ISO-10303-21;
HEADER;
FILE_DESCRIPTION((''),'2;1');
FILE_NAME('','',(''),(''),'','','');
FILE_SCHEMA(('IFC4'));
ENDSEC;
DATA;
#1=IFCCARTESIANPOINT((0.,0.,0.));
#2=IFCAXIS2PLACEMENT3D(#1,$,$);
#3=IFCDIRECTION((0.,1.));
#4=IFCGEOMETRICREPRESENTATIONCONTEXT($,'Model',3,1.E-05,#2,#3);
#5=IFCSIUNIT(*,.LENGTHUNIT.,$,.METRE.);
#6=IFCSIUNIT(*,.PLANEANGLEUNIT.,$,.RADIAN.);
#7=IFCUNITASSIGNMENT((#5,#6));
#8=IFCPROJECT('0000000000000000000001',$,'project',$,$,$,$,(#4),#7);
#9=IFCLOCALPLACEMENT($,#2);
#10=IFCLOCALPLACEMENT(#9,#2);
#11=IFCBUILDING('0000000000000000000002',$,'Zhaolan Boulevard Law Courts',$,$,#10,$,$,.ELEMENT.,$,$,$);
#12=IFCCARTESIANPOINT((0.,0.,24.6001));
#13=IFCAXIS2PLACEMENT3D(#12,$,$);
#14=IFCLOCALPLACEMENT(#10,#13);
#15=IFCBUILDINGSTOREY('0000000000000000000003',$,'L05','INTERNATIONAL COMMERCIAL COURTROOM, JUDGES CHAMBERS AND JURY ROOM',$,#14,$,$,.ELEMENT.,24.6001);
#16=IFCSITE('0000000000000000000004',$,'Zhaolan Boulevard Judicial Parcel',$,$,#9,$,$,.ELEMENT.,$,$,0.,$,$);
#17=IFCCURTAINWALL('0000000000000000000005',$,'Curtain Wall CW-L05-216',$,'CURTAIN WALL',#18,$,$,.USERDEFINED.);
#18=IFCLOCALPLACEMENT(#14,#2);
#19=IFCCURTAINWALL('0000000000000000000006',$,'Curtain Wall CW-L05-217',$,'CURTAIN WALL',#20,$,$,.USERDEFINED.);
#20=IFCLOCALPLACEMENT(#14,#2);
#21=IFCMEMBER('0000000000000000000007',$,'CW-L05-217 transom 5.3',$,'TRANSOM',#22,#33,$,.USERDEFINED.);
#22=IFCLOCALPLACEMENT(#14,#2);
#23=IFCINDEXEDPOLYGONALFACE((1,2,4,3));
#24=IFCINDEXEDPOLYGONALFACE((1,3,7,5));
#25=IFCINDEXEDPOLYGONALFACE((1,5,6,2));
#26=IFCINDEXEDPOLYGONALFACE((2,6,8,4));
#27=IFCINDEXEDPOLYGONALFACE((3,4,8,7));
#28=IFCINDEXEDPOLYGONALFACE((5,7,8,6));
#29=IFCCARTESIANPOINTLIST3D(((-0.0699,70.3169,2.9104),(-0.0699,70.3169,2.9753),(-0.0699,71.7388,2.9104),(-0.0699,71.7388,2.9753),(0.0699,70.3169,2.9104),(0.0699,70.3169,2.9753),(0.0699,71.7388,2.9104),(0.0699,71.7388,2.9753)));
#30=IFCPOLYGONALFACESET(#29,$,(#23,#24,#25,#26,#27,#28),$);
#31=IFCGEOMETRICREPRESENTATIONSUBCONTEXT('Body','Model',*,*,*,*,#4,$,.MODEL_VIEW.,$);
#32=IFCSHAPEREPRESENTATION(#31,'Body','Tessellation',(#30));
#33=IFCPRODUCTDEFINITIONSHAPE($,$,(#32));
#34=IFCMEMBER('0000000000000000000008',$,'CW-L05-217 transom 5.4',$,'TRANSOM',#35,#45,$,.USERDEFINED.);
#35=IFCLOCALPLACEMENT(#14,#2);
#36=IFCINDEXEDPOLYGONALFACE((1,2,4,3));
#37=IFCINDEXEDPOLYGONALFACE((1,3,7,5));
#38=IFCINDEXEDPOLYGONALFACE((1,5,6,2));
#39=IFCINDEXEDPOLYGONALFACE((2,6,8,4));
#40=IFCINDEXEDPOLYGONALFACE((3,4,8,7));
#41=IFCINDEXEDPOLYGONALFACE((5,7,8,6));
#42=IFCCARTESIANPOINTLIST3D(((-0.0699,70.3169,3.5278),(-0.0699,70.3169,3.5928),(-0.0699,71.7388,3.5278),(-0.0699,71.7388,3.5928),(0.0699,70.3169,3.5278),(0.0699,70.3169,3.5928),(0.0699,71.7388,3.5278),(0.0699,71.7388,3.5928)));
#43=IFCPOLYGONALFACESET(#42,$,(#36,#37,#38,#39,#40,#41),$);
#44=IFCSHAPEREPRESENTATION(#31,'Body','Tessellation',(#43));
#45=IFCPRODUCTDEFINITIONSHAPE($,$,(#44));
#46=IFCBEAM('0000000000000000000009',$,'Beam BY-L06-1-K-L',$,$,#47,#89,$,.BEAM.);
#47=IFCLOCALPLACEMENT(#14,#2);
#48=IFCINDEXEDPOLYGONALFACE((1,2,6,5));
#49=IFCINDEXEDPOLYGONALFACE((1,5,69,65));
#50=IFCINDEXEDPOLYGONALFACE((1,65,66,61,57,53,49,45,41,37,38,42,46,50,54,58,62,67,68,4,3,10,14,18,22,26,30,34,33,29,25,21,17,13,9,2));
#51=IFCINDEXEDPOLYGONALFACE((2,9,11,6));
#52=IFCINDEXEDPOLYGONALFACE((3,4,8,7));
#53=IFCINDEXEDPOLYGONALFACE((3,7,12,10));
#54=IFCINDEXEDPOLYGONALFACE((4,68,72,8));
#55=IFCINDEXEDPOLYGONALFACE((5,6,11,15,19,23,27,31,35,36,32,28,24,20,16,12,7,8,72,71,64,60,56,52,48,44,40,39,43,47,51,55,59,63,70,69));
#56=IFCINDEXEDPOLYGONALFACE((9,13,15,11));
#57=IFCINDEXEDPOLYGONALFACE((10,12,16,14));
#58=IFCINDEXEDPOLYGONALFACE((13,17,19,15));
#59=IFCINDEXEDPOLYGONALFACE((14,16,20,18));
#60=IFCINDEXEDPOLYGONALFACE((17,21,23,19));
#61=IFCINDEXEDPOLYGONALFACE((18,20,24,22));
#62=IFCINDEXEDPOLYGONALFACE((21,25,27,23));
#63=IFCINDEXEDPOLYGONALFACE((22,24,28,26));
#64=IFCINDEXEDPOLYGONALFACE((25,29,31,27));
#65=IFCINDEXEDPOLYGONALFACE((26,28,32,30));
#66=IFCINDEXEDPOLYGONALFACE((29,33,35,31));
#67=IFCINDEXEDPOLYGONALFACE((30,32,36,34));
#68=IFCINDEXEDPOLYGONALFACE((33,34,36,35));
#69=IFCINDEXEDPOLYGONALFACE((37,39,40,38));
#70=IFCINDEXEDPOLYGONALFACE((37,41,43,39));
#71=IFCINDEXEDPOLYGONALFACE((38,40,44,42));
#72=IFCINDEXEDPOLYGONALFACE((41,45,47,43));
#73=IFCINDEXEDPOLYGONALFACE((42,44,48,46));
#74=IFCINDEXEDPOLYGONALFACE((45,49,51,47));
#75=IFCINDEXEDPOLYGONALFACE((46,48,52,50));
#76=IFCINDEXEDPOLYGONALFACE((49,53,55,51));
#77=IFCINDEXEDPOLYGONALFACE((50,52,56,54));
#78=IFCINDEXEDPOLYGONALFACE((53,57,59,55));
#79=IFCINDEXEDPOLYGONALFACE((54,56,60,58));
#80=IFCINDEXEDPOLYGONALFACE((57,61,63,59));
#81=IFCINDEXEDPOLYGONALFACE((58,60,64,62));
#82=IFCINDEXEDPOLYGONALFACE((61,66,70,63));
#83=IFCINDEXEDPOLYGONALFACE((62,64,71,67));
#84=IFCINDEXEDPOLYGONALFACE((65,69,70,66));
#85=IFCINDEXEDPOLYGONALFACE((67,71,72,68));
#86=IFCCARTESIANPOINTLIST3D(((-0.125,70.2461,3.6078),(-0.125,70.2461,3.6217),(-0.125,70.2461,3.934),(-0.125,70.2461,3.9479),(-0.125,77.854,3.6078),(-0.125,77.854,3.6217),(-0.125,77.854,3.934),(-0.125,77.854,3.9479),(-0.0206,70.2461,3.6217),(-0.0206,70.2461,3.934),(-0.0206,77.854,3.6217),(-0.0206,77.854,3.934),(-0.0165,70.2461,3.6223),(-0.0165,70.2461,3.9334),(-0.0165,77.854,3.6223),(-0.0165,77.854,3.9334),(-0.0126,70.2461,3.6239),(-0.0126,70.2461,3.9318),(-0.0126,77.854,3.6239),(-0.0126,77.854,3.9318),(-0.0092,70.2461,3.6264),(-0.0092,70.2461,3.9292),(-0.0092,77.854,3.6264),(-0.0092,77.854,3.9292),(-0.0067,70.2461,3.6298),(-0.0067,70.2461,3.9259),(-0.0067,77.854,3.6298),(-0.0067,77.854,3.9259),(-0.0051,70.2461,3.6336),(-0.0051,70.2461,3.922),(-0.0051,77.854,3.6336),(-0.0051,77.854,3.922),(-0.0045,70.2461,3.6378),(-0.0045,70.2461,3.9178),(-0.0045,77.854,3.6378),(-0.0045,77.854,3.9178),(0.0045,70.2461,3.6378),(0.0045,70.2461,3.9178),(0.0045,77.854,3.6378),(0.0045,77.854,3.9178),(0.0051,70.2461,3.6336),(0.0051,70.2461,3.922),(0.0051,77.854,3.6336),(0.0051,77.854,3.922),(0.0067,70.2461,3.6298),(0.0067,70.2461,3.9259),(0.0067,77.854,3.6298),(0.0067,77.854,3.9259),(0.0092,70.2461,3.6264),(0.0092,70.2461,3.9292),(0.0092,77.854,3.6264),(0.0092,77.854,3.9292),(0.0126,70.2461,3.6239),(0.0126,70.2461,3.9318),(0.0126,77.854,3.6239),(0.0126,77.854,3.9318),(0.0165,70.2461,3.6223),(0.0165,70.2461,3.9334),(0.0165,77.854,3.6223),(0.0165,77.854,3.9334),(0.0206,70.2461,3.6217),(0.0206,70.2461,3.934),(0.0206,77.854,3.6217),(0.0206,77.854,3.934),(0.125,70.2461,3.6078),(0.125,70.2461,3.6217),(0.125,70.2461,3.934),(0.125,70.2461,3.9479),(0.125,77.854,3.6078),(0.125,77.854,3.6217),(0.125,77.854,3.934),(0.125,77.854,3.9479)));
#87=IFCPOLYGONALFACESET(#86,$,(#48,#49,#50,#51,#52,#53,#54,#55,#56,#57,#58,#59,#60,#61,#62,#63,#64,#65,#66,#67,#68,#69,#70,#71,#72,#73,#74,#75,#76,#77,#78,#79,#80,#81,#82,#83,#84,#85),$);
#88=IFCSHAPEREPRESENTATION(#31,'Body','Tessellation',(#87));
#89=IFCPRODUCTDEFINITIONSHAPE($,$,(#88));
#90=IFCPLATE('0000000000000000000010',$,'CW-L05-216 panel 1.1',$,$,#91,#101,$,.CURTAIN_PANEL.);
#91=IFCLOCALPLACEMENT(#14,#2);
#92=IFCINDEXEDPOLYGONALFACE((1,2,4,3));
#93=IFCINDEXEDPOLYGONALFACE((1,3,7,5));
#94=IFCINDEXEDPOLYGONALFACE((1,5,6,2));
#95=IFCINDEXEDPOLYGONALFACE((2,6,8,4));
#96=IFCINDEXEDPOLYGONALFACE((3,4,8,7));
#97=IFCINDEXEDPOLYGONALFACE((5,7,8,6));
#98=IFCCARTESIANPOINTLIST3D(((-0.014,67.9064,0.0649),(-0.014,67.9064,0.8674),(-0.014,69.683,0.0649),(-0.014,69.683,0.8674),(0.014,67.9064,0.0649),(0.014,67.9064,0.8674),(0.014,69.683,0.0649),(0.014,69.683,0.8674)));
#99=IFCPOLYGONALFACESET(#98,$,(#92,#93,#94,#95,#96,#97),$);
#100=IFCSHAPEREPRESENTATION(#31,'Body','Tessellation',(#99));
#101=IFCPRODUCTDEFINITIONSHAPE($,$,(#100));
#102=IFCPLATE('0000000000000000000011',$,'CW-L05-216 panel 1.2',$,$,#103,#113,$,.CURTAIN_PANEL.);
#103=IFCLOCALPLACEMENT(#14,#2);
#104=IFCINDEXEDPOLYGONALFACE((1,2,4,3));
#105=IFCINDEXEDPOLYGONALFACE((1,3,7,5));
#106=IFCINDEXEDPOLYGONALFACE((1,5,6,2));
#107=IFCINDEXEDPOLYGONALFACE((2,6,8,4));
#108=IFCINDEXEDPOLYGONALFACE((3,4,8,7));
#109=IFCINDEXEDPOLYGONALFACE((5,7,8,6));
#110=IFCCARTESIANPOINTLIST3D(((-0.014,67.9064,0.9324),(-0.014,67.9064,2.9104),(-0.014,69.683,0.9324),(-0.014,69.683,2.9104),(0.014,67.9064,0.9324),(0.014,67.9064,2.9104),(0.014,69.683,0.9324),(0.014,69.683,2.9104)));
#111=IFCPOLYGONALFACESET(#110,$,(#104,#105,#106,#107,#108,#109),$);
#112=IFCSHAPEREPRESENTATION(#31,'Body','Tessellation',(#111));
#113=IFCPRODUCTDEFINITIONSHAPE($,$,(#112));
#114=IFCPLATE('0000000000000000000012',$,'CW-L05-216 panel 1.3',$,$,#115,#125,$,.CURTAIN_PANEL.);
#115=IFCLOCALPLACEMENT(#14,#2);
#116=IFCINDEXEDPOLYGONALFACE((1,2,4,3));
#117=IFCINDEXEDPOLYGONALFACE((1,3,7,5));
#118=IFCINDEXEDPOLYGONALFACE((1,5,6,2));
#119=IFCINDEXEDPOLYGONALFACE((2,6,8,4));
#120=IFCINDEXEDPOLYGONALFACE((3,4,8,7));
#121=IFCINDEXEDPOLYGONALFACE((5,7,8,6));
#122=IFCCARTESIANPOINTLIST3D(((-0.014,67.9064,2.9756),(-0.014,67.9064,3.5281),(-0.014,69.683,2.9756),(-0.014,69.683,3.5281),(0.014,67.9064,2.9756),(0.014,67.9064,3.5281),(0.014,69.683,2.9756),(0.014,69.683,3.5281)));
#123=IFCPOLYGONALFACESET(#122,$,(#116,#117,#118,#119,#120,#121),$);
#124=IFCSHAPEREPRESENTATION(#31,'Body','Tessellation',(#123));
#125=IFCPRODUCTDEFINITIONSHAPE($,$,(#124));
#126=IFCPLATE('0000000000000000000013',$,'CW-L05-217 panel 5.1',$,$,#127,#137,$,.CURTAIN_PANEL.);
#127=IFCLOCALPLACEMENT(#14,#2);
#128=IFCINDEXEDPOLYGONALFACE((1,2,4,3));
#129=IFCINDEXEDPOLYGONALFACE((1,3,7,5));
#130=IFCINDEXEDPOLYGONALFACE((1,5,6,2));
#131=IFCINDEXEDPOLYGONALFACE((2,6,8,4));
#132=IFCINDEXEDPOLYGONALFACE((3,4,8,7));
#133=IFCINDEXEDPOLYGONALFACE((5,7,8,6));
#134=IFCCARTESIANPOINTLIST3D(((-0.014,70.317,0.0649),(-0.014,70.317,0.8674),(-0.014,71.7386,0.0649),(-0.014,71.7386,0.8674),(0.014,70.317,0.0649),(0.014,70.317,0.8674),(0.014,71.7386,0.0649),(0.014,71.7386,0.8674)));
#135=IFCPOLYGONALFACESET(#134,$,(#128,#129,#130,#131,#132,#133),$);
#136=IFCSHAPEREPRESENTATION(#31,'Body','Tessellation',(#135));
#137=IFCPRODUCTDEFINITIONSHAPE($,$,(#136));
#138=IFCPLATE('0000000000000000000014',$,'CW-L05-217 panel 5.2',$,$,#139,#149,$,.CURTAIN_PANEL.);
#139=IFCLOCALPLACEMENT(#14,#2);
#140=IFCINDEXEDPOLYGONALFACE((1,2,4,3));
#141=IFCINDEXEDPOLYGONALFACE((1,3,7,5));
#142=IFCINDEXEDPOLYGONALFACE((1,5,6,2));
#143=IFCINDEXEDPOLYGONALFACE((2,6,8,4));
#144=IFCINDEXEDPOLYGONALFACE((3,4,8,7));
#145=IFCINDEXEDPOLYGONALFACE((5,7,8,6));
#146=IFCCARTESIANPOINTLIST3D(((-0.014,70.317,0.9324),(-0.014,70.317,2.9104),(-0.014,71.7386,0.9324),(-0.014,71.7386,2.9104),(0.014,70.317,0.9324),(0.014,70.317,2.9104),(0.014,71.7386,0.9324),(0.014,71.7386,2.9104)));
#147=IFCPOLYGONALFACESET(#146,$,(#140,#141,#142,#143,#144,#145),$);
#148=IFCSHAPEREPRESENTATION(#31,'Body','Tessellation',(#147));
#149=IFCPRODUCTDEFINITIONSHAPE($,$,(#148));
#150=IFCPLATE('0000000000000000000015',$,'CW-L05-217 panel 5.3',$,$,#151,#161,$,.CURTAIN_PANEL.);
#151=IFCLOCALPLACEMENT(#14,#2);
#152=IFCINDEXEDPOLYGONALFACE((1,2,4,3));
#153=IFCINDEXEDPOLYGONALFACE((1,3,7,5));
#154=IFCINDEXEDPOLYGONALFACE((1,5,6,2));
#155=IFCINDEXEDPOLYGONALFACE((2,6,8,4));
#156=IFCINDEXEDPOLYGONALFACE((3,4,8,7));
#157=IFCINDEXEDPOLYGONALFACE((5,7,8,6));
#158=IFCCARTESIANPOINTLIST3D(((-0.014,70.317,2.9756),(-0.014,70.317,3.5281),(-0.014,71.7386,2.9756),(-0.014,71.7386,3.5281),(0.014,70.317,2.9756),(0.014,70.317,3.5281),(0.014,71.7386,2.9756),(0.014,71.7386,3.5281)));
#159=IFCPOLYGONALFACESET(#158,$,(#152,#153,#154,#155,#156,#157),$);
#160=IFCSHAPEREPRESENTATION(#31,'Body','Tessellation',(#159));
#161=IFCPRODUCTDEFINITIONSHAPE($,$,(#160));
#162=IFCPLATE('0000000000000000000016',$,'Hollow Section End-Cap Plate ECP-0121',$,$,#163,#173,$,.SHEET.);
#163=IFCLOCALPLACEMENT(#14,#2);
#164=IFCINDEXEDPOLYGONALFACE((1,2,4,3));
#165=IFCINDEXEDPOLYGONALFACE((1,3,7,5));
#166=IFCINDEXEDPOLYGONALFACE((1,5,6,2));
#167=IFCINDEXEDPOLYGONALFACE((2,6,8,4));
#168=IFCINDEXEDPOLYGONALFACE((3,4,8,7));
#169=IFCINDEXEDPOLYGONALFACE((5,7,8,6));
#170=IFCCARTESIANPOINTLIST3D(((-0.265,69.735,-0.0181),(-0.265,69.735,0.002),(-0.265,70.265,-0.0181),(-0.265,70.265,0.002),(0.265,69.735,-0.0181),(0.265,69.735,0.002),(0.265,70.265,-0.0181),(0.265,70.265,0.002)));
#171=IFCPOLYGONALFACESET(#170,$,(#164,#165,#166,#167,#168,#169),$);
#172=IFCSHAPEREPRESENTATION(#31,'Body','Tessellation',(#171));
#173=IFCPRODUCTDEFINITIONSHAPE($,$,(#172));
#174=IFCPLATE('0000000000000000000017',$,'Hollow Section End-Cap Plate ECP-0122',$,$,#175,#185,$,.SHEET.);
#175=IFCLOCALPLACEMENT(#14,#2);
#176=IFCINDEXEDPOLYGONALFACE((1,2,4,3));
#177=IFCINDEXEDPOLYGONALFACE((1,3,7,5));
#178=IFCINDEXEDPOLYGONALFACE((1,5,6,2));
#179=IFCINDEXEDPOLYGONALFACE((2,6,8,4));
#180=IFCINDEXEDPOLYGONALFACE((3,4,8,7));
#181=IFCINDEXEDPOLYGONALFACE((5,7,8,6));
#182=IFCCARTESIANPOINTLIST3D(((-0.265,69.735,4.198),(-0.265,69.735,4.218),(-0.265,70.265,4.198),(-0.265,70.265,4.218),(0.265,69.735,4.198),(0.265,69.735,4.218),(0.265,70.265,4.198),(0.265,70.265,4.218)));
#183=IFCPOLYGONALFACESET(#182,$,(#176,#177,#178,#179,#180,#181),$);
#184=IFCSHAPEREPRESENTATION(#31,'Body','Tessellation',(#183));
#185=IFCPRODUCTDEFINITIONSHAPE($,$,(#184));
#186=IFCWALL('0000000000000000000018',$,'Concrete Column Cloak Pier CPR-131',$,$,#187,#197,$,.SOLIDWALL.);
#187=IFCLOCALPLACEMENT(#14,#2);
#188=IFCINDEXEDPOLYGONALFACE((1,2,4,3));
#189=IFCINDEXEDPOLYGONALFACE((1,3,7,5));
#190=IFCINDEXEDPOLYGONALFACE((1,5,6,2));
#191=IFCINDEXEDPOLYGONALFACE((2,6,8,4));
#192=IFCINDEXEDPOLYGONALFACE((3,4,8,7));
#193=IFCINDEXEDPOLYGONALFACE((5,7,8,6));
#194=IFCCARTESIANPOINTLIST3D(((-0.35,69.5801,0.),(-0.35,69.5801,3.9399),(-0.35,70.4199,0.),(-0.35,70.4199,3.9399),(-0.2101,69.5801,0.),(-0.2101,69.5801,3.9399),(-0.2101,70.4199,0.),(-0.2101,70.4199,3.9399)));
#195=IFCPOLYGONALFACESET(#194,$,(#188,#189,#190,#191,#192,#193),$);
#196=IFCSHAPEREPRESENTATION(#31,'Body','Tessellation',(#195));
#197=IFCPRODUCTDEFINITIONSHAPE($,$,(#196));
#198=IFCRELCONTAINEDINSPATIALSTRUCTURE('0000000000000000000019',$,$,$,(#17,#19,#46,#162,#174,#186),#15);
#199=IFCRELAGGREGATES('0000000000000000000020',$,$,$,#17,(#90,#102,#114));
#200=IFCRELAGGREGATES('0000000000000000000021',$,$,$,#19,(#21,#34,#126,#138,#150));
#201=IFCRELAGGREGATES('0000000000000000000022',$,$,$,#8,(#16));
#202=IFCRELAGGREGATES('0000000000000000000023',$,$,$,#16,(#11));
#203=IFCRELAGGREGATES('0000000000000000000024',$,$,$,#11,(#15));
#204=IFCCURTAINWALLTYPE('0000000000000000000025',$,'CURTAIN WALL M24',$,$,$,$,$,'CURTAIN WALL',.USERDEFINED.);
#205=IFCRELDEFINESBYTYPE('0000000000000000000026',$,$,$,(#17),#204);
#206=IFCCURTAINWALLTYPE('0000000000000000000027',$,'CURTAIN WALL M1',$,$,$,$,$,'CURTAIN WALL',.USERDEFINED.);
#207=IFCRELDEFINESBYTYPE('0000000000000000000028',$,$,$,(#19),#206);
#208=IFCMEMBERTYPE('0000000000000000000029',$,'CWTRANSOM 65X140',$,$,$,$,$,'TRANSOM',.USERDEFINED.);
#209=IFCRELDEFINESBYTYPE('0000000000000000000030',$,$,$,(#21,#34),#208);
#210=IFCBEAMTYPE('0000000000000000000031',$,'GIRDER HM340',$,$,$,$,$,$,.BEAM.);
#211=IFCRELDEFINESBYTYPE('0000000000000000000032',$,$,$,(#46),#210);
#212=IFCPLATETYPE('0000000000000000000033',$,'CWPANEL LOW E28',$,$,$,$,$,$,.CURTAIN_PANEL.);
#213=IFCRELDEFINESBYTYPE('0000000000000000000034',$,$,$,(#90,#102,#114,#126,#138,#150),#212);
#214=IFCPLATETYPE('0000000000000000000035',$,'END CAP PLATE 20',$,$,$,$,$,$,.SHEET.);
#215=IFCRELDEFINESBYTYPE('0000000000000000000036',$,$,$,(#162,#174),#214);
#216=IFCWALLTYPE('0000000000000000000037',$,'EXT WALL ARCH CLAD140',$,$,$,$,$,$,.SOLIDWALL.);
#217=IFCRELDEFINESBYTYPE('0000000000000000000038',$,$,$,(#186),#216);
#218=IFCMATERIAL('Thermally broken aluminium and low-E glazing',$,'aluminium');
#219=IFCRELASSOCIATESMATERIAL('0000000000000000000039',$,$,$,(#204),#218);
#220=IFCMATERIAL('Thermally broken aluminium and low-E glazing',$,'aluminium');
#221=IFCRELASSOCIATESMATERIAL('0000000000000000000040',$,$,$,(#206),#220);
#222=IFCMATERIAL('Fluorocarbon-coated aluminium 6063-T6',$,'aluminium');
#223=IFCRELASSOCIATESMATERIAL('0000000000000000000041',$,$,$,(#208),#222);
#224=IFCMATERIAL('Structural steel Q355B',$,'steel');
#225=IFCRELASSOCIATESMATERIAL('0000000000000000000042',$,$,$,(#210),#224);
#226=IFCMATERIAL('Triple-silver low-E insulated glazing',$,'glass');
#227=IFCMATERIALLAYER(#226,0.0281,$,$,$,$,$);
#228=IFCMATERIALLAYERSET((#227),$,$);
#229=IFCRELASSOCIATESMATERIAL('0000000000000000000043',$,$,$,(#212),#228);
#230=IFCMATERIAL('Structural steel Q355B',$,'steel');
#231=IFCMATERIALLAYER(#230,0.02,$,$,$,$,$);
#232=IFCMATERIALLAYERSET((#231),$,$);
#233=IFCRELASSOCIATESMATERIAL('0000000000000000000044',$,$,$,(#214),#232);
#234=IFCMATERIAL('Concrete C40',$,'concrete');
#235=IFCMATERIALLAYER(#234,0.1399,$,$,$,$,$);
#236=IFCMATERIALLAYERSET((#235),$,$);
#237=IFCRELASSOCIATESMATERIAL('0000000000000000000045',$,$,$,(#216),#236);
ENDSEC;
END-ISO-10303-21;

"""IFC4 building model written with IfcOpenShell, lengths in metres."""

from ifc_helpers import new_model, si_unit, direction, frame, frame_2d, origin, origin_2d, place, context, subcontext, project, spatial, rectangle, i_section, extrude, material, layer, layer_set, material_profile, profile_set, type_object, element, aggregate, save


model = new_model("IFC4")

# Units and contexts
model_context = context("Model", 3, precision=1e-05, world=origin(), true_north=direction((0.0, 1.0)))
body_context = subcontext(model_context, "Body", "Model", "MODEL_VIEW")
ifc_project = project(units=[si_unit("LENGTHUNIT", "METRE"), si_unit("PLANEANGLEUNIT", "RADIAN")], contexts=[model_context])

# Site, building, storey
site_placement = place(None, origin())
site = spatial("IfcSite", under=ifc_project, at=site_placement, Name="Zhaolan Boulevard Judicial Parcel", CompositionType="ELEMENT", RefElevation=0.0)
building_placement = place(site_placement, origin())
building = spatial("IfcBuilding", under=site, at=building_placement, Name="Zhaolan Boulevard Law Courts", CompositionType="ELEMENT")
storey_placement = place(building_placement, frame((0.0, 0.0, 24.6001)))
storey = spatial("IfcBuildingStorey", under=building, at=storey_placement, Name="L05", Description="INTERNATIONAL COMMERCIAL COURTROOM, JUDGES CHAMBERS AND JURY ROOM", CompositionType="ELEMENT", Elevation=24.6001)

# Curtain wall
ifc_material_1 = material(Name="Thermally broken aluminium and low-E glazing", Category="aluminium")
curtain_wall_type_1 = type_object("IfcCurtainWallType", Name="CURTAIN WALL M24", ElementType="CURTAIN WALL", PredefinedType="USERDEFINED", material=ifc_material_1)
curtain_wall_1_placement = place(storey_placement, origin())
curtain_wall_1 = element("IfcCurtainWall", 1, at=curtain_wall_1_placement, inside=storey, type_object=curtain_wall_type_1, Name="Curtain Wall CW-L05-216", ObjectType="CURTAIN WALL", PredefinedType="USERDEFINED")

# Curtain wall
ifc_material_2 = material(Name="Thermally broken aluminium and low-E glazing", Category="aluminium")
curtain_wall_type_2 = type_object("IfcCurtainWallType", Name="CURTAIN WALL M1", ElementType="CURTAIN WALL", PredefinedType="USERDEFINED", material=ifc_material_2)
curtain_wall_2_placement = place(storey_placement, origin())
curtain_wall_2 = element("IfcCurtainWall", 2, at=curtain_wall_2_placement, inside=storey, type_object=curtain_wall_type_2, Name="Curtain Wall CW-L05-217", ObjectType="CURTAIN WALL", PredefinedType="USERDEFINED")

# Members
ifc_material_3 = material(Name="Fluorocarbon-coated aluminium 6063-T6", Category="aluminium")
ifc_material_profile_1 = material_profile(ifc_material_3, rectangle(XDim=0.1399, YDim=0.0649, at=origin_2d()), Name="AL65x140")
ifc_profile_set_1 = profile_set([ifc_material_profile_1], Name="Fluorocarbon-coated aluminium 6063-T6")
member_type_1 = type_object("IfcMemberType", Name="CWTRANSOM 65X140", ElementType="TRANSOM", PredefinedType="USERDEFINED", material=ifc_profile_set_1)
member_1_placement = place(storey_placement, frame((0.0, 71.7388, 2.9429), z_axis=(0.0, -1.0, 0.0), x_axis=(1.0, 0.0, 0.0)))
member_1 = element("IfcMember", 3, at=member_1_placement, type_object=member_type_1, Name="CW-L05-217 transom 5.3", ObjectType="TRANSOM", PredefinedType="USERDEFINED", context=body_context, shape_type="SweptSolid", body=[
    extrude(rectangle(XDim=0.1399, YDim=0.0649, at=origin_2d()), origin(), (0.0, 0.0, 1.0), 1.4219),
])
member_2_placement = place(storey_placement, frame((0.0, 71.7388, 3.5603), z_axis=(0.0, -1.0, 0.0), x_axis=(1.0, 0.0, 0.0)))
member_2 = element("IfcMember", 4, at=member_2_placement, type_object=member_type_1, Name="CW-L05-217 transom 5.4", ObjectType="TRANSOM", PredefinedType="USERDEFINED", context=body_context, shape_type="SweptSolid", body=[
    extrude(rectangle(XDim=0.1399, YDim=0.0649, at=origin_2d()), origin(), (0.0, 0.0, 1.0), 1.4219),
])

# Beam
ifc_material_4 = material(Name="Structural steel Q355B", Category="steel")
ifc_material_profile_2 = material_profile(ifc_material_4, i_section(OverallWidth=0.25, OverallDepth=0.3401, WebThickness=0.009, FlangeThickness=0.0139, FilletRadius=0.0161, at=origin_2d()), Name="HM340x250")
ifc_profile_set_2 = profile_set([ifc_material_profile_2], Name="Structural steel Q355B")
beam_type = type_object("IfcBeamType", Name="GIRDER HM340", PredefinedType="BEAM", material=ifc_profile_set_2)
beam_placement = place(storey_placement, frame((0.0, 70.2461, 3.7778), z_axis=(0.0, 1.0, 0.0), x_axis=(-1.0, 0.0, 0.0)))
element("IfcBeam", 5, at=beam_placement, inside=storey, type_object=beam_type, Name="Beam BY-L06-1-K-L", PredefinedType="BEAM", context=body_context, shape_type="SweptSolid", body=[
    extrude(i_section(OverallWidth=0.25, OverallDepth=0.3401, WebThickness=0.009, FlangeThickness=0.0139, FilletRadius=0.0161, at=origin_2d()), origin(), (0.0, 0.0, 1.0), 7.6079),
])

# Plates
ifc_material_5 = material(Name="Triple-silver low-E insulated glazing", Category="glass")
ifc_layer_1 = layer(ifc_material_5, 0.0281)
ifc_layer_set_1 = layer_set([ifc_layer_1])
plate_type_1 = type_object("IfcPlateType", Name="CWPANEL LOW E28", PredefinedType="CURTAIN_PANEL", material=ifc_layer_set_1)
plate_1_placement = place(storey_placement, frame((0.0, 68.7947, 0.0649), z_axis=(0.0, 0.0, 1.0), x_axis=(0.0, -1.0, 0.0)))
plate_1 = element("IfcPlate", 6, at=plate_1_placement, type_object=plate_type_1, Name="CW-L05-216 panel 1.1", PredefinedType="CURTAIN_PANEL", context=body_context, shape_type="SweptSolid", body=[
    extrude(rectangle(XDim=1.7766, YDim=0.0281, at=origin_2d()), origin(), (0.0, 0.0, 1.0), 0.8025),
])
plate_2_placement = place(storey_placement, frame((0.0, 68.7947, 0.9324), z_axis=(0.0, 0.0, 1.0), x_axis=(0.0, -1.0, 0.0)))
plate_2 = element("IfcPlate", 7, at=plate_2_placement, type_object=plate_type_1, Name="CW-L05-216 panel 1.2", PredefinedType="CURTAIN_PANEL", context=body_context, shape_type="SweptSolid", body=[
    extrude(rectangle(XDim=1.7766, YDim=0.0281, at=origin_2d()), origin(), (0.0, 0.0, 1.0), 1.978),
])
plate_3_placement = place(storey_placement, frame((0.0, 68.7947, 2.9756), z_axis=(0.0, 0.0, 1.0), x_axis=(0.0, -1.0, 0.0)))
plate_3 = element("IfcPlate", 8, at=plate_3_placement, type_object=plate_type_1, Name="CW-L05-216 panel 1.3", PredefinedType="CURTAIN_PANEL", context=body_context, shape_type="SweptSolid", body=[
    extrude(rectangle(XDim=1.7766, YDim=0.0281, at=origin_2d()), origin(), (0.0, 0.0, 1.0), 0.5525),
])
aggregate(curtain_wall_1, [plate_1, plate_2, plate_3])
plate_4_placement = place(storey_placement, frame((0.0, 71.0278, 0.0649), z_axis=(0.0, 0.0, 1.0), x_axis=(0.0, -1.0, 0.0)))
plate_4 = element("IfcPlate", 9, at=plate_4_placement, type_object=plate_type_1, Name="CW-L05-217 panel 5.1", PredefinedType="CURTAIN_PANEL", context=body_context, shape_type="SweptSolid", body=[
    extrude(rectangle(XDim=1.4216, YDim=0.0281, at=origin_2d()), origin(), (0.0, 0.0, 1.0), 0.8025),
])
plate_5_placement = place(storey_placement, frame((0.0, 71.0278, 0.9324), z_axis=(0.0, 0.0, 1.0), x_axis=(0.0, -1.0, 0.0)))
plate_5 = element("IfcPlate", 10, at=plate_5_placement, type_object=plate_type_1, Name="CW-L05-217 panel 5.2", PredefinedType="CURTAIN_PANEL", context=body_context, shape_type="SweptSolid", body=[
    extrude(rectangle(XDim=1.4216, YDim=0.0281, at=origin_2d()), origin(), (0.0, 0.0, 1.0), 1.978),
])
plate_6_placement = place(storey_placement, frame((0.0, 71.0278, 2.9756), z_axis=(0.0, 0.0, 1.0), x_axis=(0.0, -1.0, 0.0)))
plate_6 = element("IfcPlate", 11, at=plate_6_placement, type_object=plate_type_1, Name="CW-L05-217 panel 5.3", PredefinedType="CURTAIN_PANEL", context=body_context, shape_type="SweptSolid", body=[
    extrude(rectangle(XDim=1.4216, YDim=0.0281, at=origin_2d()), origin(), (0.0, 0.0, 1.0), 0.5525),
])
aggregate(curtain_wall_2, [member_1, member_2, plate_4, plate_5, plate_6])

# Plates
ifc_material_6 = material(Name="Structural steel Q355B", Category="steel")
ifc_layer_2 = layer(ifc_material_6, 0.02)
ifc_layer_set_2 = layer_set([ifc_layer_2])
plate_type_2 = type_object("IfcPlateType", Name="END CAP PLATE 20", PredefinedType="SHEET", material=ifc_layer_set_2)
for number, where, z_axis, x_axis, name in (
    (12, (0.0, 70.0, -0.0181), (0.0, 0.0, 1.0), (1.0, 0.0, 0.0), "Hollow Section End-Cap Plate ECP-0121"),
    (13, (0.0, 70.0, 4.198), (0.0, 0.0, 1.0), (1.0, 0.0, 0.0), "Hollow Section End-Cap Plate ECP-0122"),
):
    element("IfcPlate", number, at=place(storey_placement, frame(where, z_axis=z_axis, x_axis=x_axis)), inside=storey, type_object=plate_type_2, Name=name, PredefinedType="SHEET", context=body_context, shape_type="SweptSolid", body=[
        extrude(rectangle(XDim=0.53, YDim=0.53, at=origin_2d()), origin(), (0.0, 0.0, 1.0), 0.02),
    ])

# Wall
ifc_material_7 = material(Name="Concrete C40", Category="concrete")
ifc_layer_3 = layer(ifc_material_7, 0.1399)
ifc_layer_set_3 = layer_set([ifc_layer_3])
wall_type = type_object("IfcWallType", Name="EXT WALL ARCH CLAD140", PredefinedType="SOLIDWALL", material=ifc_layer_set_3)
wall_placement = place(storey_placement, frame((-0.28, 69.5801, 0.0), z_axis=(0.0, 0.0, 1.0), x_axis=(0.0, 1.0, 0.0)))
element("IfcWall", 14, at=wall_placement, inside=storey, type_object=wall_type, Name="Concrete Column Cloak Pier CPR-131", PredefinedType="SOLIDWALL", context=body_context, shape_type="SweptSolid", body=[
    extrude(rectangle(XDim=0.8398, YDim=0.1399, at=frame_2d((0.4199, 0.0))), origin(), (0.0, 0.0, 1.0), 3.9399),
])

save(model, "model.ifc")
